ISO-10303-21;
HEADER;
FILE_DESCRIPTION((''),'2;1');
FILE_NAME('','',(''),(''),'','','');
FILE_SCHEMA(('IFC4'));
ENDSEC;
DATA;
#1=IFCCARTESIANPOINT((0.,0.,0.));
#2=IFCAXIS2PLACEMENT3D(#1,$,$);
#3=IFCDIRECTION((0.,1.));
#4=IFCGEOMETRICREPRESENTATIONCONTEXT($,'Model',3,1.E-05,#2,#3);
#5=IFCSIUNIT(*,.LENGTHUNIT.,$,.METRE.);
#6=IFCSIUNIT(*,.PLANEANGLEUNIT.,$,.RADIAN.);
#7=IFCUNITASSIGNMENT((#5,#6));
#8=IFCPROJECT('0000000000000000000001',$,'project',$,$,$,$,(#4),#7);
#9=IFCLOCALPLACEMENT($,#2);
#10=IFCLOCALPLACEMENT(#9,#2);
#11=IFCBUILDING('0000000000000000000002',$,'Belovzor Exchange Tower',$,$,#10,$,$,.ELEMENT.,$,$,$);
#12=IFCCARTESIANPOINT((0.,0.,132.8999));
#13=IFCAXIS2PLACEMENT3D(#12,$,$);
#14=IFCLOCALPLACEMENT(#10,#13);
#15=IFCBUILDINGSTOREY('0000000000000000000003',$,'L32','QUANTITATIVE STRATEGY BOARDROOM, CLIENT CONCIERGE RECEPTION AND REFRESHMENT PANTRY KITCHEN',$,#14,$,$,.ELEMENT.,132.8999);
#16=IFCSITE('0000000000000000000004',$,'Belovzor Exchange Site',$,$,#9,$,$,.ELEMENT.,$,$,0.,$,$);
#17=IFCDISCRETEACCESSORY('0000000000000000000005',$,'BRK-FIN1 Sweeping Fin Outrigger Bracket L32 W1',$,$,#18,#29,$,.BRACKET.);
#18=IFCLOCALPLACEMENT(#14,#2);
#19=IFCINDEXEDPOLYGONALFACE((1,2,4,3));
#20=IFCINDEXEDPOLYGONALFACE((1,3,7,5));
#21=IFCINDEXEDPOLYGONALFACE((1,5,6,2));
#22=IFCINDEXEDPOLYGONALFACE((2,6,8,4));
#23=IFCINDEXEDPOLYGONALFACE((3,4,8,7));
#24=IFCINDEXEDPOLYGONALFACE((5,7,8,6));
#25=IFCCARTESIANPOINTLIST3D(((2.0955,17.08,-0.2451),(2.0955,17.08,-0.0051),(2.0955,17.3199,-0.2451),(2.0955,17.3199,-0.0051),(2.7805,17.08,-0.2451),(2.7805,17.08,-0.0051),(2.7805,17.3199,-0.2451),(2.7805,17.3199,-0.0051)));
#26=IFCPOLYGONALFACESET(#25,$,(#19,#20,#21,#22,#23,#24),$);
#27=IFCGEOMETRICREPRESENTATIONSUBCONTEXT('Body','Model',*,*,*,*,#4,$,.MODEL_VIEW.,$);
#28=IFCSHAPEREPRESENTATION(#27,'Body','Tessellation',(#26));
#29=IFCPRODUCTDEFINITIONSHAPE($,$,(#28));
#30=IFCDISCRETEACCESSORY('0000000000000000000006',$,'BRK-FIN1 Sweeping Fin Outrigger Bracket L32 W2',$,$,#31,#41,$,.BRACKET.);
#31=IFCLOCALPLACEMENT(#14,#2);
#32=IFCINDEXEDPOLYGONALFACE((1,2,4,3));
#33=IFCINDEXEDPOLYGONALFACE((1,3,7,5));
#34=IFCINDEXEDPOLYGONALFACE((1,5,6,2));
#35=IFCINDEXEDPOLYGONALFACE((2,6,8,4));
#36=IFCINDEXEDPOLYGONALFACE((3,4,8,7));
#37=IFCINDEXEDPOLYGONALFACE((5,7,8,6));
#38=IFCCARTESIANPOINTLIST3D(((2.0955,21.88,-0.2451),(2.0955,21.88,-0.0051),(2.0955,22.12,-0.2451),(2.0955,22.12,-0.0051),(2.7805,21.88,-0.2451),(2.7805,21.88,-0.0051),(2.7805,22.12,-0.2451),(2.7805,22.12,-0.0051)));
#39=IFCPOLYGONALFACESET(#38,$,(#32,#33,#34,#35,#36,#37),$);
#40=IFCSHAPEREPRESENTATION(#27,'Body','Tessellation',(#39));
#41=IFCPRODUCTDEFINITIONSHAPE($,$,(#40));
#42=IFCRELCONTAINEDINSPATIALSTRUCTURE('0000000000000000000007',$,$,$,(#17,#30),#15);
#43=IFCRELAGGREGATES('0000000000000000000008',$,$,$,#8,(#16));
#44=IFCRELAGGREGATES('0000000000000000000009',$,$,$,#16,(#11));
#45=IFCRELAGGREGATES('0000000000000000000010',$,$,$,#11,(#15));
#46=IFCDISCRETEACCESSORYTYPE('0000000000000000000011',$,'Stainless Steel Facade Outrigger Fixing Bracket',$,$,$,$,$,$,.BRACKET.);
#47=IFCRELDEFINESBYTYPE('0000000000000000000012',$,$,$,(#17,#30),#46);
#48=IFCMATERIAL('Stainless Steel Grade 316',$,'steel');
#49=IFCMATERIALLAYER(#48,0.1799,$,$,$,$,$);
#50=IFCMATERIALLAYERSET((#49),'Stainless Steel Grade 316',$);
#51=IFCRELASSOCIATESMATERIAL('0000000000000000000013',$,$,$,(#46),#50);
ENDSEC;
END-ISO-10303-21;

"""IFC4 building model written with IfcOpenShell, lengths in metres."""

from ifc_helpers import new_model, si_unit, direction, frame, origin, origin_2d, place, context, subcontext, project, spatial, rectangle, extrude, material, layer, layer_set, type_object, element, save


model = new_model("IFC4")

# Units and contexts
model_context = context("Model", 3, precision=1e-05, world=origin(), true_north=direction((0.0, 1.0)))
body_context = subcontext(model_context, "Body", "Model", "MODEL_VIEW")
ifc_project = project(units=[si_unit("LENGTHUNIT", "METRE"), si_unit("PLANEANGLEUNIT", "RADIAN")], contexts=[model_context])

# Site, building, storey
site_placement = place(None, origin())
site = spatial("IfcSite", under=ifc_project, at=site_placement, Name="Belovzor Exchange Site", CompositionType="ELEMENT", RefElevation=0.0)
building_placement = place(site_placement, origin())
building = spatial("IfcBuilding", under=site, at=building_placement, Name="Belovzor Exchange Tower", CompositionType="ELEMENT")
storey_placement = place(building_placement, frame((0.0, 0.0, 132.8999)))
storey = spatial("IfcBuildingStorey", under=building, at=storey_placement, Name="L32", Description="QUANTITATIVE STRATEGY BOARDROOM, CLIENT CONCIERGE RECEPTION AND REFRESHMENT PANTRY KITCHEN", CompositionType="ELEMENT", Elevation=132.8999)

# Discrete accessories
ifc_material_1 = material(Name="Stainless Steel Grade 316", Category="steel")
ifc_layer_1 = layer(ifc_material_1, 0.1799)
ifc_layer_set_1 = layer_set([ifc_layer_1], Name="Stainless Steel Grade 316")
discrete_accessory_type = type_object("IfcDiscreteAccessoryType", Name="Stainless Steel Facade Outrigger Fixing Bracket", PredefinedType="BRACKET", material=ifc_layer_set_1)
for number, where, z_axis, x_axis, name in (
    (1, (2.438, 17.2, -0.2451), (0.0, 0.0, 1.0), (1.0, 0.0, 0.0), "BRK-FIN1 Sweeping Fin Outrigger Bracket L32 W1"),
    (2, (2.438, 22.0, -0.2451), (0.0, 0.0, 1.0), (1.0, 0.0, 0.0), "BRK-FIN1 Sweeping Fin Outrigger Bracket L32 W2"),
):
    element("IfcDiscreteAccessory", number, at=place(storey_placement, frame(where, z_axis=z_axis, x_axis=x_axis)), inside=storey, type_object=discrete_accessory_type, Name=name, PredefinedType="BRACKET", context=body_context, shape_type="SweptSolid", body=[
        extrude(rectangle(XDim=0.6851, YDim=0.24, at=origin_2d()), origin(), (0.0, 0.0, 1.0), 0.24),
    ])

save(model, "model.ifc")
